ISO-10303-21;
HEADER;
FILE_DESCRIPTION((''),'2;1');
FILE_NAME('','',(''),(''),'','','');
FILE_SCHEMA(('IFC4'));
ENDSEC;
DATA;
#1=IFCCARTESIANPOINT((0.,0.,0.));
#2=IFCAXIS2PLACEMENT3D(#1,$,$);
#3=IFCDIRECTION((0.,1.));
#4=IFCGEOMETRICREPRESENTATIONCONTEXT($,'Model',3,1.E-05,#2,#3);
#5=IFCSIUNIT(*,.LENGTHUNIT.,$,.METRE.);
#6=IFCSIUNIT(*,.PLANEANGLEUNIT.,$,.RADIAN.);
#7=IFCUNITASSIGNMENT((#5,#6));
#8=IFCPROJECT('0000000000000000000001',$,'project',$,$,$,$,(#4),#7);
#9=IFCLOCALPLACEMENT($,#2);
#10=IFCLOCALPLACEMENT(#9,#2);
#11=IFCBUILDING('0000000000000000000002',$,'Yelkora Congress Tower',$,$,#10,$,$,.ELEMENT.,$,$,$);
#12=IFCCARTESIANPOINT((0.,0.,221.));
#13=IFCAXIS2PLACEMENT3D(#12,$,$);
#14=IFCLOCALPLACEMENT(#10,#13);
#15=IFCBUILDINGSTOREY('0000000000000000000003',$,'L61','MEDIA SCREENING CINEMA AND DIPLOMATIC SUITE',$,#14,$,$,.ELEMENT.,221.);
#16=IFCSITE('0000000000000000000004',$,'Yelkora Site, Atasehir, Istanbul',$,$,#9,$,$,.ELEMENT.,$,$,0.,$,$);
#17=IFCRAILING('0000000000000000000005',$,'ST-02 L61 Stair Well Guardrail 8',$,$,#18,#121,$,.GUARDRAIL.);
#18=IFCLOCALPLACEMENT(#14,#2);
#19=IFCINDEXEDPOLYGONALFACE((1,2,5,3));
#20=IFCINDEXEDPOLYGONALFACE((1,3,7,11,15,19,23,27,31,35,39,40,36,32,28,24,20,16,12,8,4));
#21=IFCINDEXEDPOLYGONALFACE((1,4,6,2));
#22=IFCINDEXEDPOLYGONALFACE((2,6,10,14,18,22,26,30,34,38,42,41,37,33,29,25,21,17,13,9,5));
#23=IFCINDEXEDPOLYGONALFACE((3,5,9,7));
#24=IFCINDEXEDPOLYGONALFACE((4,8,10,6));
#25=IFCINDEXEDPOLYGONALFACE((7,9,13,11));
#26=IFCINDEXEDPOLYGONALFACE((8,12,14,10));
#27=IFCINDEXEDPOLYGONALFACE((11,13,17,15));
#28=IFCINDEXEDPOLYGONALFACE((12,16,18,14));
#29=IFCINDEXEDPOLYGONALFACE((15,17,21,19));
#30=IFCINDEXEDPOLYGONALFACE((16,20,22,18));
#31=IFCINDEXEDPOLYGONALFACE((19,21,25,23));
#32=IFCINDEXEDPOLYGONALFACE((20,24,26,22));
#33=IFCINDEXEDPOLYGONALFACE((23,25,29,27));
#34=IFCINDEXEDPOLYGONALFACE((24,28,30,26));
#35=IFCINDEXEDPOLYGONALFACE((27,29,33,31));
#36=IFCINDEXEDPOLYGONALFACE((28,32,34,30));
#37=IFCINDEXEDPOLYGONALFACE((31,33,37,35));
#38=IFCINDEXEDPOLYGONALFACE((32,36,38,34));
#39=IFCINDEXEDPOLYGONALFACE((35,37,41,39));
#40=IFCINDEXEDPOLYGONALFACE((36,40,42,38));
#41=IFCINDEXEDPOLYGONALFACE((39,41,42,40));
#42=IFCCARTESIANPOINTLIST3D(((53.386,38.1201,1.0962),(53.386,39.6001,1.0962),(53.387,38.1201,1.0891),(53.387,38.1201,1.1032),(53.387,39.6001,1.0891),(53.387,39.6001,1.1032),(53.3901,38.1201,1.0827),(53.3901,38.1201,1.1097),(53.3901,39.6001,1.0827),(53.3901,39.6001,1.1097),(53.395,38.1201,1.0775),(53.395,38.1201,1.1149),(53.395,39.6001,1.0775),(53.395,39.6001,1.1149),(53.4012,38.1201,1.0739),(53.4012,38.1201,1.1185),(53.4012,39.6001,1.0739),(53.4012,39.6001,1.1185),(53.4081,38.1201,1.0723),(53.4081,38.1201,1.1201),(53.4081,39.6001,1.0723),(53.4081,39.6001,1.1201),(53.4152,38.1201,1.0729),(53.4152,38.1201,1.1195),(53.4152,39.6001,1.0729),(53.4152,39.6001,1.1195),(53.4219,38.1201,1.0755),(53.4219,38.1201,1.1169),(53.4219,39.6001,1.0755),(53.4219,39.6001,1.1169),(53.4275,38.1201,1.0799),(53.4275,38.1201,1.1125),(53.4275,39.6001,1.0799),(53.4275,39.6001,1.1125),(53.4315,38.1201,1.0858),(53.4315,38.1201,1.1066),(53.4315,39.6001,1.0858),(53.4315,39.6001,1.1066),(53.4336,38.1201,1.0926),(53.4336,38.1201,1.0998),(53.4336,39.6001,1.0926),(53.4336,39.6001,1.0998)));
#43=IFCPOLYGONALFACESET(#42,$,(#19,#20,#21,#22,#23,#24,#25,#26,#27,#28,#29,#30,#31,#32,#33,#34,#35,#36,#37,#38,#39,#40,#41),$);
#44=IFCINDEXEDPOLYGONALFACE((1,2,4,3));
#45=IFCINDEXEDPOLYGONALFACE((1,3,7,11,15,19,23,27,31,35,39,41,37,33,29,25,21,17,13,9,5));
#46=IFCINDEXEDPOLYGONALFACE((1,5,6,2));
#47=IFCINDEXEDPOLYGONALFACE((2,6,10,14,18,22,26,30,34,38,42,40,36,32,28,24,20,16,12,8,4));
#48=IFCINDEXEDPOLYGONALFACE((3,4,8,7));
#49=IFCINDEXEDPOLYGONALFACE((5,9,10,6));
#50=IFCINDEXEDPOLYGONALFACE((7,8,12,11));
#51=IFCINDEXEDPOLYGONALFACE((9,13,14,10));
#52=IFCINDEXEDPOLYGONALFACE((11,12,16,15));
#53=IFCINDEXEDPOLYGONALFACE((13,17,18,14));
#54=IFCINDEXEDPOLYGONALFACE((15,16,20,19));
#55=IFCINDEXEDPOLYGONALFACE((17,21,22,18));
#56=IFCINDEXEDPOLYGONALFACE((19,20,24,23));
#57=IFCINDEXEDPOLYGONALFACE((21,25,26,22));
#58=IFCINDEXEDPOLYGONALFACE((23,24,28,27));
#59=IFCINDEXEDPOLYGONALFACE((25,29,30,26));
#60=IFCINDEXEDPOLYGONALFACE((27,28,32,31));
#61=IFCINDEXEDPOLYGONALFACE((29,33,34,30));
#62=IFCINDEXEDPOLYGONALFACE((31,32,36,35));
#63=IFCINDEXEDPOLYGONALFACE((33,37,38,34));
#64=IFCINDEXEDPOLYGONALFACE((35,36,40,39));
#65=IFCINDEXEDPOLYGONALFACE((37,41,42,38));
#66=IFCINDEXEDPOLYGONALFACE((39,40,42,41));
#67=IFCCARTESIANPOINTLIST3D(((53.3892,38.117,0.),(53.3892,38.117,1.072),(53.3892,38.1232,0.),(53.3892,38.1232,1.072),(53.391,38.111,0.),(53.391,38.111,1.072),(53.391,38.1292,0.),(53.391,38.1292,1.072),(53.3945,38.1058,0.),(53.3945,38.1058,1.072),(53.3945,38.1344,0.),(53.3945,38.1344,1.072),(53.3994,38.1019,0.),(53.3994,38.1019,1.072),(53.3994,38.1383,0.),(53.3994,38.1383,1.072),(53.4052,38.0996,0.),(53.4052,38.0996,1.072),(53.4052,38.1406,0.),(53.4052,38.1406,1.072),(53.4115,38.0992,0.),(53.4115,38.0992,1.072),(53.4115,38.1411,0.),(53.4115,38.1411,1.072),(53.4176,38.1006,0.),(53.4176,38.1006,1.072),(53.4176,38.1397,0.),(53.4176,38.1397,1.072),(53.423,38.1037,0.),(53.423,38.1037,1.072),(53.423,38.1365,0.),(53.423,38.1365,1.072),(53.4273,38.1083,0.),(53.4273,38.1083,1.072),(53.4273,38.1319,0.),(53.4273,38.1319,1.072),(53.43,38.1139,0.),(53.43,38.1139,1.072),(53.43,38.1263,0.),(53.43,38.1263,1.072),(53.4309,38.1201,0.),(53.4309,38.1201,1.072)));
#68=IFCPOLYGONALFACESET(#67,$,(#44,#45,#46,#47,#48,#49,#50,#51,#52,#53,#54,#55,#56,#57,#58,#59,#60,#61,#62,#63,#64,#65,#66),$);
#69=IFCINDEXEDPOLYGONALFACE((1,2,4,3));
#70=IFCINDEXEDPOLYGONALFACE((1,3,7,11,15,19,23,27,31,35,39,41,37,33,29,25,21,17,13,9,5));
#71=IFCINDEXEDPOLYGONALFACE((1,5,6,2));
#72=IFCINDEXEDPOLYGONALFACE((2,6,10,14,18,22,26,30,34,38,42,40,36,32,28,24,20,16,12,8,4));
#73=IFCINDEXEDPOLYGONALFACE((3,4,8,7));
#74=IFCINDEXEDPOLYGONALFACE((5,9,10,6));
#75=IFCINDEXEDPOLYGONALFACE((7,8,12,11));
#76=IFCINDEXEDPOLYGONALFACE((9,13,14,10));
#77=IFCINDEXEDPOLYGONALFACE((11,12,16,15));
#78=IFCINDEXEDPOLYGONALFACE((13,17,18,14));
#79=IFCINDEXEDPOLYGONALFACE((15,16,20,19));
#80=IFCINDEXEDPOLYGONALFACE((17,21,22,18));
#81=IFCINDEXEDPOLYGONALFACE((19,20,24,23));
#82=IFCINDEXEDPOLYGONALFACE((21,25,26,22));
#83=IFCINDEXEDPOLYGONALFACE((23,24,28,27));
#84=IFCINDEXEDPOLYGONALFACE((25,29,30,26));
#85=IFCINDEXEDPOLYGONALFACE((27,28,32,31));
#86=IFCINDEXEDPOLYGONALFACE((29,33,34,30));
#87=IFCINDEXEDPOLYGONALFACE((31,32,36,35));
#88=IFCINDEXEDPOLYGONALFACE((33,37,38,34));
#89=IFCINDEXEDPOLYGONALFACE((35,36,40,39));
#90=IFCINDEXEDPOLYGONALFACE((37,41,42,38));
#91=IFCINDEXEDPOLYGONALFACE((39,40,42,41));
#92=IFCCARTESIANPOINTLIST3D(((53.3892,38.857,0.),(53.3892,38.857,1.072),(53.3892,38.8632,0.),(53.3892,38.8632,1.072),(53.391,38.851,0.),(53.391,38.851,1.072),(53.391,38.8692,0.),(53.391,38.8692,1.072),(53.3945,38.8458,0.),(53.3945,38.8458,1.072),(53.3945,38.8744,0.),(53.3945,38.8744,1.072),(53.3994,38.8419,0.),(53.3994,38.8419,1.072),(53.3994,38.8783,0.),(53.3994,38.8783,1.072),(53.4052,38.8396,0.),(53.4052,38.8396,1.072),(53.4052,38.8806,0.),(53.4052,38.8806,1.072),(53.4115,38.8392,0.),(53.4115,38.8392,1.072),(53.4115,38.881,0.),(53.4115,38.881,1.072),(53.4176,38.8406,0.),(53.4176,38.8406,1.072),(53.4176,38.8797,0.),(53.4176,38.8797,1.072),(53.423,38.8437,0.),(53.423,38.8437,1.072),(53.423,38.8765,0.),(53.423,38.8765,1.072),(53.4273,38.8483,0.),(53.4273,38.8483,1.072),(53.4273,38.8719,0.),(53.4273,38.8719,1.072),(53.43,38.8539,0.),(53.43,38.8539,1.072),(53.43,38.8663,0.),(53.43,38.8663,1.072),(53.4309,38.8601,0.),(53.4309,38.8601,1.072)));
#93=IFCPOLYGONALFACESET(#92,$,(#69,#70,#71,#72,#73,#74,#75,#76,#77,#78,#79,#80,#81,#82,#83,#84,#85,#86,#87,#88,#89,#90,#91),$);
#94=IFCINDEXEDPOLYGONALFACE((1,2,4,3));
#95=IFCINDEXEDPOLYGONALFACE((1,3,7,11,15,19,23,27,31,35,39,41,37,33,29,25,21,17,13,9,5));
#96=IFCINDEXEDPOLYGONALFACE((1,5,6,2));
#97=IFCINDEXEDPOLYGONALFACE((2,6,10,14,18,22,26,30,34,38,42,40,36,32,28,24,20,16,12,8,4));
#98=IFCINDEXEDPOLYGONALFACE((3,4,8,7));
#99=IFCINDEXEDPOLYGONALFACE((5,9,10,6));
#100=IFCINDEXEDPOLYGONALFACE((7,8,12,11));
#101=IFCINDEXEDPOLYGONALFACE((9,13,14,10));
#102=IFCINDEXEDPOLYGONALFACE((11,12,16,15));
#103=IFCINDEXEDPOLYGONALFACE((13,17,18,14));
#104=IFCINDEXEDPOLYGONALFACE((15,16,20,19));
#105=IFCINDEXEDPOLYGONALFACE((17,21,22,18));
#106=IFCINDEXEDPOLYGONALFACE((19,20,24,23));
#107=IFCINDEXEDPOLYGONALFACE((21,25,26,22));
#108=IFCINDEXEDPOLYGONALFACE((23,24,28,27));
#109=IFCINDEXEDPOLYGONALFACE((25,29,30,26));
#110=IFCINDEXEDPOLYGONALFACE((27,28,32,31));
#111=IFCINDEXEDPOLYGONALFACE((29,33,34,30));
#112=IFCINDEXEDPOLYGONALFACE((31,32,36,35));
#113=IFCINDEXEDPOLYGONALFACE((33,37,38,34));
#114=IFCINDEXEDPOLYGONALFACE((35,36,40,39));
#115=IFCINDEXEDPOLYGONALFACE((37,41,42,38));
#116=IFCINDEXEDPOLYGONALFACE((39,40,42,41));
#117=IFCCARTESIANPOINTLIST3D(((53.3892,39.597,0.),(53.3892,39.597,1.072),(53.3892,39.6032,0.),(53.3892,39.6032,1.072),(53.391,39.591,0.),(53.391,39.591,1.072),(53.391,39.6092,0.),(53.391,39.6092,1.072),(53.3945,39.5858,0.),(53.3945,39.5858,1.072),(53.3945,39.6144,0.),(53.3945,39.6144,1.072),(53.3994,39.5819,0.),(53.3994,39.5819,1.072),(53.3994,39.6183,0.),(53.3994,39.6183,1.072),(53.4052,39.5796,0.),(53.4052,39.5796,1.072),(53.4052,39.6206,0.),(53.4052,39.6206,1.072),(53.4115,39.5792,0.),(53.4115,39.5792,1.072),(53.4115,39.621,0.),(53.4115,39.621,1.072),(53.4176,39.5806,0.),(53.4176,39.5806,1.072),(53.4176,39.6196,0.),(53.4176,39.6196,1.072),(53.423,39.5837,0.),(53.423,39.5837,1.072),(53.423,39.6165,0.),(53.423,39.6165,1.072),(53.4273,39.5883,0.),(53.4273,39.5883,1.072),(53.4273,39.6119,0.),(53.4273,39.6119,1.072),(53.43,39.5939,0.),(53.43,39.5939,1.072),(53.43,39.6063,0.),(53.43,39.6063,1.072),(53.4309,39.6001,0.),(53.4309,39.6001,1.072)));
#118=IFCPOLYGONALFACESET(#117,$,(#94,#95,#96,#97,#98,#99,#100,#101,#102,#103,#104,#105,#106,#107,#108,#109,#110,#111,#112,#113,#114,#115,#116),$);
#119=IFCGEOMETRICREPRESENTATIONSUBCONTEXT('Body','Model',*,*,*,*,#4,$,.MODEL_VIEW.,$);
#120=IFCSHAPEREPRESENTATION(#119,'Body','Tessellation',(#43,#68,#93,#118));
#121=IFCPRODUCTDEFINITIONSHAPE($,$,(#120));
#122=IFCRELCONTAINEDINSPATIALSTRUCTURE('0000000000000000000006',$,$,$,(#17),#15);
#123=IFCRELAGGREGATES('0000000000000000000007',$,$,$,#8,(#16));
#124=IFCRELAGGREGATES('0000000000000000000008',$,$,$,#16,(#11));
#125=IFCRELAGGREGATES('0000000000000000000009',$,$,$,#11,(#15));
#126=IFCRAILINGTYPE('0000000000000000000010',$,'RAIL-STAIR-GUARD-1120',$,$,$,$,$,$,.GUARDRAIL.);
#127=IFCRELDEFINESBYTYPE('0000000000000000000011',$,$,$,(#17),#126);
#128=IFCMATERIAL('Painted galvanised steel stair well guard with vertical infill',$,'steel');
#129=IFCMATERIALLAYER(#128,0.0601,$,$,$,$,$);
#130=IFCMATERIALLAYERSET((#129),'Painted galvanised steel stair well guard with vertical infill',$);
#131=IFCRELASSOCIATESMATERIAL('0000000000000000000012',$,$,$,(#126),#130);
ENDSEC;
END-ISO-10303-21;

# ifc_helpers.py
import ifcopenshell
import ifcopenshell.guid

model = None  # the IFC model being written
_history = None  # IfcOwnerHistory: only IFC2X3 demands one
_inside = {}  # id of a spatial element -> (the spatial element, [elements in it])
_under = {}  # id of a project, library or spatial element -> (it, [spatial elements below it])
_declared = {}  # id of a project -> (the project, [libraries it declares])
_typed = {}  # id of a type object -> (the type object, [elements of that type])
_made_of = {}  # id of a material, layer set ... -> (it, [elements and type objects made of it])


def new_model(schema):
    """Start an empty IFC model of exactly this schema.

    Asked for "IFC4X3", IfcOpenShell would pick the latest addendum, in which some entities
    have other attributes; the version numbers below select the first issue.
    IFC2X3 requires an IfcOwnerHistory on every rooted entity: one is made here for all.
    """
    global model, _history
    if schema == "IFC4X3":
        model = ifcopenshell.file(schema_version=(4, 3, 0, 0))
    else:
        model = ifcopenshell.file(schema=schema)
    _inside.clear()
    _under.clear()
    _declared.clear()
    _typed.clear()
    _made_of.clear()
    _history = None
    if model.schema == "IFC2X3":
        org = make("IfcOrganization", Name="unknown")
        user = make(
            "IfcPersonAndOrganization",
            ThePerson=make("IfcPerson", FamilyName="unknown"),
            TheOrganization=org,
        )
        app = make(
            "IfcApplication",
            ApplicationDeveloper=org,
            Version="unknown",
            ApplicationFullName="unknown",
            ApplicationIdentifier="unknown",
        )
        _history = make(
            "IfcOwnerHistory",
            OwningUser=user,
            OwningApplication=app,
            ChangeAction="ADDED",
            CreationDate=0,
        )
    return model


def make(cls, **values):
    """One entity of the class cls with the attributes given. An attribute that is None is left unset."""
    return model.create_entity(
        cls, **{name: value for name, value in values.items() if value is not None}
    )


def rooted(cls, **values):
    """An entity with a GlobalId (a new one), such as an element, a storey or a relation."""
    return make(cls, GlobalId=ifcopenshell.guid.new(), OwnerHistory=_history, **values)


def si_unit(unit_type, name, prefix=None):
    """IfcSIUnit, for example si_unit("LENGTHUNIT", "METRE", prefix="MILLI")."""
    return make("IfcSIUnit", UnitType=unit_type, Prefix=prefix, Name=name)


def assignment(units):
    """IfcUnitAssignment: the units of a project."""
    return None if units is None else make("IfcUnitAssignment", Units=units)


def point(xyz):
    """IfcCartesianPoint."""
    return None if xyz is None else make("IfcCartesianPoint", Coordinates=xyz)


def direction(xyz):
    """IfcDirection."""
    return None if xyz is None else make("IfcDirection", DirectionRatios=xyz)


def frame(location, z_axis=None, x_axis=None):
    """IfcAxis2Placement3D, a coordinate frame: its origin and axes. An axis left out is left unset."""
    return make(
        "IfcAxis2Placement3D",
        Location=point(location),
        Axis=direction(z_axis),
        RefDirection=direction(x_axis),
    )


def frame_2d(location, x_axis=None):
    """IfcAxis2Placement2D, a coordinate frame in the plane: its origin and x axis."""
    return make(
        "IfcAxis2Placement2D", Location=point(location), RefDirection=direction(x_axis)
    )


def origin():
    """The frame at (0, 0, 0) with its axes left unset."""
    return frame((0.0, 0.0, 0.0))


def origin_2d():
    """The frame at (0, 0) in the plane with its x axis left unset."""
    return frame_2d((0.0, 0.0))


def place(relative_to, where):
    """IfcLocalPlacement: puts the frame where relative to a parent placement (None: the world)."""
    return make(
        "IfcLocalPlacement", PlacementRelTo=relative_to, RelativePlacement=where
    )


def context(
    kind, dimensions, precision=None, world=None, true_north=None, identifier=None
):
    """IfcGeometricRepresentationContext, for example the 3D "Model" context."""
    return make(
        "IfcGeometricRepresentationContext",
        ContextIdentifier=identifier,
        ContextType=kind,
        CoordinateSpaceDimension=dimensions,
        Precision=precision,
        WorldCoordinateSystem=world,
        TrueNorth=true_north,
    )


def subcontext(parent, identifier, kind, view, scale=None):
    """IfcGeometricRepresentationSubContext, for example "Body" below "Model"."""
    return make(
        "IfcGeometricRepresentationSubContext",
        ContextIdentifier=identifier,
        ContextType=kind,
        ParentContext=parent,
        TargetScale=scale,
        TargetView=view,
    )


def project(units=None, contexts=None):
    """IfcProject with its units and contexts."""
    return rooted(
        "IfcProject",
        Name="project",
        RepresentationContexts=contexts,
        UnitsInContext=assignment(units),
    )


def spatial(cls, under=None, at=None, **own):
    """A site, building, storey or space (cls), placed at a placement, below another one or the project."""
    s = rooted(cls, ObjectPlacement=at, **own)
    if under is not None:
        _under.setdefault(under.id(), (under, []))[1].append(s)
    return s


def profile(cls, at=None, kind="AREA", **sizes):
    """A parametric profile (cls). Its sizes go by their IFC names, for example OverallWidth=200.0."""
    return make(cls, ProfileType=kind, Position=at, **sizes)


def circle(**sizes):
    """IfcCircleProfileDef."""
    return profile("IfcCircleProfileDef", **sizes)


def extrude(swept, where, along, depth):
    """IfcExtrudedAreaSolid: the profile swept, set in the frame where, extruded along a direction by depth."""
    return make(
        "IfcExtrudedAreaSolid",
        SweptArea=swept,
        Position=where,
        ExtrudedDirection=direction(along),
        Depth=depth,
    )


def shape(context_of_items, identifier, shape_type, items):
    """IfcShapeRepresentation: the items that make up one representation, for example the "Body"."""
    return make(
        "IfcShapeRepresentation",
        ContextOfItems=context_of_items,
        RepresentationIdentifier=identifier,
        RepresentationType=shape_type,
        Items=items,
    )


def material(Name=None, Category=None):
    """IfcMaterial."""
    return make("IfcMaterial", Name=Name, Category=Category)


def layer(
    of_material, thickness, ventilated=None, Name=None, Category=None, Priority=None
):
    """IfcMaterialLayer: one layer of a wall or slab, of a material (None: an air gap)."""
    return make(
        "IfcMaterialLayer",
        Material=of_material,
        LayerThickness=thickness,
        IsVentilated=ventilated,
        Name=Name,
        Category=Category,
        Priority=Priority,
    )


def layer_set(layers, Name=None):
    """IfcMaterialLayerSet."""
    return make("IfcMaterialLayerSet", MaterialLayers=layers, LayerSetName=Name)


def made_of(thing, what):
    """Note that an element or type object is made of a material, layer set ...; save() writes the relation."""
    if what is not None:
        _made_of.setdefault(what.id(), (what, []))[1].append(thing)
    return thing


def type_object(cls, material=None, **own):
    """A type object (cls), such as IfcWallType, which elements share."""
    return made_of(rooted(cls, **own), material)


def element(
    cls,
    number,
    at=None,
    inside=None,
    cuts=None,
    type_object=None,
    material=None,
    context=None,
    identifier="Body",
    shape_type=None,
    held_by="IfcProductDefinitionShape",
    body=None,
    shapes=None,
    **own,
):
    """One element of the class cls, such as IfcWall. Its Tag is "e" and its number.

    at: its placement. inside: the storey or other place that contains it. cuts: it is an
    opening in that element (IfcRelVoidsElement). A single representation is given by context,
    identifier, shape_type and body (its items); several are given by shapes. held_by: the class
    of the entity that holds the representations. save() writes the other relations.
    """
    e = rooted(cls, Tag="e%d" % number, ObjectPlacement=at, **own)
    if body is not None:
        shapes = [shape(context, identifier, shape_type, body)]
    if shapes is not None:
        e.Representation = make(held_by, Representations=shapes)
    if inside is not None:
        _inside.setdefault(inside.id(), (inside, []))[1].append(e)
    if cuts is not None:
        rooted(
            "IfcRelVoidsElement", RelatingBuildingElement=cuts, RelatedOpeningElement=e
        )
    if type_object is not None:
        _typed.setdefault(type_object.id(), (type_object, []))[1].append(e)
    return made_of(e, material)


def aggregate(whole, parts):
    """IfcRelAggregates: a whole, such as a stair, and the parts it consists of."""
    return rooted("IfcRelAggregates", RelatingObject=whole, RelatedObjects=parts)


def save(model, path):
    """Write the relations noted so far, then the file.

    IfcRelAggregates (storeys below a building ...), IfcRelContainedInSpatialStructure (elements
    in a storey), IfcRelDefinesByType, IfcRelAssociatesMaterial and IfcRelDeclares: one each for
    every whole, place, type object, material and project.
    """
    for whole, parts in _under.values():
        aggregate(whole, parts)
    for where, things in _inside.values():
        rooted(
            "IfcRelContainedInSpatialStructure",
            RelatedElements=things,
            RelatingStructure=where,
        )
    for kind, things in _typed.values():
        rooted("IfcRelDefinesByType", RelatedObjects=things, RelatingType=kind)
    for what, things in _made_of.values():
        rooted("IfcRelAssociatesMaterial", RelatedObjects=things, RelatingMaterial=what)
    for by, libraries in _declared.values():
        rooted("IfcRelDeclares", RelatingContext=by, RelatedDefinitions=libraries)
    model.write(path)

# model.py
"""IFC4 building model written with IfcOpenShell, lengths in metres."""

from ifc_helpers import new_model, si_unit, direction, frame, origin, origin_2d, place, context, subcontext, project, spatial, circle, extrude, material, layer, layer_set, type_object, element, save


model = new_model("IFC4")

# Units and contexts
model_context = context("Model", 3, precision=1e-05, world=origin(), true_north=direction((0.0, 1.0)))
body_context = subcontext(model_context, "Body", "Model", "MODEL_VIEW")
ifc_project = project(units=[si_unit("LENGTHUNIT", "METRE"), si_unit("PLANEANGLEUNIT", "RADIAN")], contexts=[model_context])

# Site, building, storey
site_placement = place(None, origin())
site = spatial("IfcSite", under=ifc_project, at=site_placement, Name="Yelkora Site, Atasehir, Istanbul", CompositionType="ELEMENT", RefElevation=0.0)
building_placement = place(site_placement, origin())
building = spatial("IfcBuilding", under=site, at=building_placement, Name="Yelkora Congress Tower", CompositionType="ELEMENT")
storey_placement = place(building_placement, frame((0.0, 0.0, 221.0)))
storey = spatial("IfcBuildingStorey", under=building, at=storey_placement, Name="L61", Description="MEDIA SCREENING CINEMA AND DIPLOMATIC SUITE", CompositionType="ELEMENT", Elevation=221.0)

# Railing
ifc_material_1 = material(Name="Painted galvanised steel stair well guard with vertical infill", Category="steel")
ifc_layer_1 = layer(ifc_material_1, 0.0601)
ifc_layer_set_1 = layer_set([ifc_layer_1], Name="Painted galvanised steel stair well guard with vertical infill")
railing_type_1 = type_object("IfcRailingType", Name="RAIL-STAIR-GUARD-1120", PredefinedType="GUARDRAIL", material=ifc_layer_set_1)
railing_1_placement = place(storey_placement, frame((53.4099, 38.1201, 0.0)))
element("IfcRailing", 1, at=railing_1_placement, inside=storey, type_object=railing_type_1, Name="ST-02 L61 Stair Well Guardrail 8", PredefinedType="GUARDRAIL", context=body_context, shape_type="SweptSolid", body=[
    extrude(circle(Radius=0.0239, at=origin_2d()), frame((0.0, 0.0, 1.0962), z_axis=(0.0, 1.0, 0.0), x_axis=(-1.0, 0.0, 0.0)), (0.0, 0.0, 1.0), 1.48),
    extrude(circle(Radius=0.021, at=origin_2d()), origin(), (0.0, 0.0, 1.0), 1.072),
    extrude(circle(Radius=0.021, at=origin_2d()), frame((0.0, 0.74, 0.0)), (0.0, 0.0, 1.0), 1.072),
    extrude(circle(Radius=0.021, at=origin_2d()), frame((0.0, 1.48, 0.0)), (0.0, 0.0, 1.0), 1.072),
])

save(model, "model.ifc")
